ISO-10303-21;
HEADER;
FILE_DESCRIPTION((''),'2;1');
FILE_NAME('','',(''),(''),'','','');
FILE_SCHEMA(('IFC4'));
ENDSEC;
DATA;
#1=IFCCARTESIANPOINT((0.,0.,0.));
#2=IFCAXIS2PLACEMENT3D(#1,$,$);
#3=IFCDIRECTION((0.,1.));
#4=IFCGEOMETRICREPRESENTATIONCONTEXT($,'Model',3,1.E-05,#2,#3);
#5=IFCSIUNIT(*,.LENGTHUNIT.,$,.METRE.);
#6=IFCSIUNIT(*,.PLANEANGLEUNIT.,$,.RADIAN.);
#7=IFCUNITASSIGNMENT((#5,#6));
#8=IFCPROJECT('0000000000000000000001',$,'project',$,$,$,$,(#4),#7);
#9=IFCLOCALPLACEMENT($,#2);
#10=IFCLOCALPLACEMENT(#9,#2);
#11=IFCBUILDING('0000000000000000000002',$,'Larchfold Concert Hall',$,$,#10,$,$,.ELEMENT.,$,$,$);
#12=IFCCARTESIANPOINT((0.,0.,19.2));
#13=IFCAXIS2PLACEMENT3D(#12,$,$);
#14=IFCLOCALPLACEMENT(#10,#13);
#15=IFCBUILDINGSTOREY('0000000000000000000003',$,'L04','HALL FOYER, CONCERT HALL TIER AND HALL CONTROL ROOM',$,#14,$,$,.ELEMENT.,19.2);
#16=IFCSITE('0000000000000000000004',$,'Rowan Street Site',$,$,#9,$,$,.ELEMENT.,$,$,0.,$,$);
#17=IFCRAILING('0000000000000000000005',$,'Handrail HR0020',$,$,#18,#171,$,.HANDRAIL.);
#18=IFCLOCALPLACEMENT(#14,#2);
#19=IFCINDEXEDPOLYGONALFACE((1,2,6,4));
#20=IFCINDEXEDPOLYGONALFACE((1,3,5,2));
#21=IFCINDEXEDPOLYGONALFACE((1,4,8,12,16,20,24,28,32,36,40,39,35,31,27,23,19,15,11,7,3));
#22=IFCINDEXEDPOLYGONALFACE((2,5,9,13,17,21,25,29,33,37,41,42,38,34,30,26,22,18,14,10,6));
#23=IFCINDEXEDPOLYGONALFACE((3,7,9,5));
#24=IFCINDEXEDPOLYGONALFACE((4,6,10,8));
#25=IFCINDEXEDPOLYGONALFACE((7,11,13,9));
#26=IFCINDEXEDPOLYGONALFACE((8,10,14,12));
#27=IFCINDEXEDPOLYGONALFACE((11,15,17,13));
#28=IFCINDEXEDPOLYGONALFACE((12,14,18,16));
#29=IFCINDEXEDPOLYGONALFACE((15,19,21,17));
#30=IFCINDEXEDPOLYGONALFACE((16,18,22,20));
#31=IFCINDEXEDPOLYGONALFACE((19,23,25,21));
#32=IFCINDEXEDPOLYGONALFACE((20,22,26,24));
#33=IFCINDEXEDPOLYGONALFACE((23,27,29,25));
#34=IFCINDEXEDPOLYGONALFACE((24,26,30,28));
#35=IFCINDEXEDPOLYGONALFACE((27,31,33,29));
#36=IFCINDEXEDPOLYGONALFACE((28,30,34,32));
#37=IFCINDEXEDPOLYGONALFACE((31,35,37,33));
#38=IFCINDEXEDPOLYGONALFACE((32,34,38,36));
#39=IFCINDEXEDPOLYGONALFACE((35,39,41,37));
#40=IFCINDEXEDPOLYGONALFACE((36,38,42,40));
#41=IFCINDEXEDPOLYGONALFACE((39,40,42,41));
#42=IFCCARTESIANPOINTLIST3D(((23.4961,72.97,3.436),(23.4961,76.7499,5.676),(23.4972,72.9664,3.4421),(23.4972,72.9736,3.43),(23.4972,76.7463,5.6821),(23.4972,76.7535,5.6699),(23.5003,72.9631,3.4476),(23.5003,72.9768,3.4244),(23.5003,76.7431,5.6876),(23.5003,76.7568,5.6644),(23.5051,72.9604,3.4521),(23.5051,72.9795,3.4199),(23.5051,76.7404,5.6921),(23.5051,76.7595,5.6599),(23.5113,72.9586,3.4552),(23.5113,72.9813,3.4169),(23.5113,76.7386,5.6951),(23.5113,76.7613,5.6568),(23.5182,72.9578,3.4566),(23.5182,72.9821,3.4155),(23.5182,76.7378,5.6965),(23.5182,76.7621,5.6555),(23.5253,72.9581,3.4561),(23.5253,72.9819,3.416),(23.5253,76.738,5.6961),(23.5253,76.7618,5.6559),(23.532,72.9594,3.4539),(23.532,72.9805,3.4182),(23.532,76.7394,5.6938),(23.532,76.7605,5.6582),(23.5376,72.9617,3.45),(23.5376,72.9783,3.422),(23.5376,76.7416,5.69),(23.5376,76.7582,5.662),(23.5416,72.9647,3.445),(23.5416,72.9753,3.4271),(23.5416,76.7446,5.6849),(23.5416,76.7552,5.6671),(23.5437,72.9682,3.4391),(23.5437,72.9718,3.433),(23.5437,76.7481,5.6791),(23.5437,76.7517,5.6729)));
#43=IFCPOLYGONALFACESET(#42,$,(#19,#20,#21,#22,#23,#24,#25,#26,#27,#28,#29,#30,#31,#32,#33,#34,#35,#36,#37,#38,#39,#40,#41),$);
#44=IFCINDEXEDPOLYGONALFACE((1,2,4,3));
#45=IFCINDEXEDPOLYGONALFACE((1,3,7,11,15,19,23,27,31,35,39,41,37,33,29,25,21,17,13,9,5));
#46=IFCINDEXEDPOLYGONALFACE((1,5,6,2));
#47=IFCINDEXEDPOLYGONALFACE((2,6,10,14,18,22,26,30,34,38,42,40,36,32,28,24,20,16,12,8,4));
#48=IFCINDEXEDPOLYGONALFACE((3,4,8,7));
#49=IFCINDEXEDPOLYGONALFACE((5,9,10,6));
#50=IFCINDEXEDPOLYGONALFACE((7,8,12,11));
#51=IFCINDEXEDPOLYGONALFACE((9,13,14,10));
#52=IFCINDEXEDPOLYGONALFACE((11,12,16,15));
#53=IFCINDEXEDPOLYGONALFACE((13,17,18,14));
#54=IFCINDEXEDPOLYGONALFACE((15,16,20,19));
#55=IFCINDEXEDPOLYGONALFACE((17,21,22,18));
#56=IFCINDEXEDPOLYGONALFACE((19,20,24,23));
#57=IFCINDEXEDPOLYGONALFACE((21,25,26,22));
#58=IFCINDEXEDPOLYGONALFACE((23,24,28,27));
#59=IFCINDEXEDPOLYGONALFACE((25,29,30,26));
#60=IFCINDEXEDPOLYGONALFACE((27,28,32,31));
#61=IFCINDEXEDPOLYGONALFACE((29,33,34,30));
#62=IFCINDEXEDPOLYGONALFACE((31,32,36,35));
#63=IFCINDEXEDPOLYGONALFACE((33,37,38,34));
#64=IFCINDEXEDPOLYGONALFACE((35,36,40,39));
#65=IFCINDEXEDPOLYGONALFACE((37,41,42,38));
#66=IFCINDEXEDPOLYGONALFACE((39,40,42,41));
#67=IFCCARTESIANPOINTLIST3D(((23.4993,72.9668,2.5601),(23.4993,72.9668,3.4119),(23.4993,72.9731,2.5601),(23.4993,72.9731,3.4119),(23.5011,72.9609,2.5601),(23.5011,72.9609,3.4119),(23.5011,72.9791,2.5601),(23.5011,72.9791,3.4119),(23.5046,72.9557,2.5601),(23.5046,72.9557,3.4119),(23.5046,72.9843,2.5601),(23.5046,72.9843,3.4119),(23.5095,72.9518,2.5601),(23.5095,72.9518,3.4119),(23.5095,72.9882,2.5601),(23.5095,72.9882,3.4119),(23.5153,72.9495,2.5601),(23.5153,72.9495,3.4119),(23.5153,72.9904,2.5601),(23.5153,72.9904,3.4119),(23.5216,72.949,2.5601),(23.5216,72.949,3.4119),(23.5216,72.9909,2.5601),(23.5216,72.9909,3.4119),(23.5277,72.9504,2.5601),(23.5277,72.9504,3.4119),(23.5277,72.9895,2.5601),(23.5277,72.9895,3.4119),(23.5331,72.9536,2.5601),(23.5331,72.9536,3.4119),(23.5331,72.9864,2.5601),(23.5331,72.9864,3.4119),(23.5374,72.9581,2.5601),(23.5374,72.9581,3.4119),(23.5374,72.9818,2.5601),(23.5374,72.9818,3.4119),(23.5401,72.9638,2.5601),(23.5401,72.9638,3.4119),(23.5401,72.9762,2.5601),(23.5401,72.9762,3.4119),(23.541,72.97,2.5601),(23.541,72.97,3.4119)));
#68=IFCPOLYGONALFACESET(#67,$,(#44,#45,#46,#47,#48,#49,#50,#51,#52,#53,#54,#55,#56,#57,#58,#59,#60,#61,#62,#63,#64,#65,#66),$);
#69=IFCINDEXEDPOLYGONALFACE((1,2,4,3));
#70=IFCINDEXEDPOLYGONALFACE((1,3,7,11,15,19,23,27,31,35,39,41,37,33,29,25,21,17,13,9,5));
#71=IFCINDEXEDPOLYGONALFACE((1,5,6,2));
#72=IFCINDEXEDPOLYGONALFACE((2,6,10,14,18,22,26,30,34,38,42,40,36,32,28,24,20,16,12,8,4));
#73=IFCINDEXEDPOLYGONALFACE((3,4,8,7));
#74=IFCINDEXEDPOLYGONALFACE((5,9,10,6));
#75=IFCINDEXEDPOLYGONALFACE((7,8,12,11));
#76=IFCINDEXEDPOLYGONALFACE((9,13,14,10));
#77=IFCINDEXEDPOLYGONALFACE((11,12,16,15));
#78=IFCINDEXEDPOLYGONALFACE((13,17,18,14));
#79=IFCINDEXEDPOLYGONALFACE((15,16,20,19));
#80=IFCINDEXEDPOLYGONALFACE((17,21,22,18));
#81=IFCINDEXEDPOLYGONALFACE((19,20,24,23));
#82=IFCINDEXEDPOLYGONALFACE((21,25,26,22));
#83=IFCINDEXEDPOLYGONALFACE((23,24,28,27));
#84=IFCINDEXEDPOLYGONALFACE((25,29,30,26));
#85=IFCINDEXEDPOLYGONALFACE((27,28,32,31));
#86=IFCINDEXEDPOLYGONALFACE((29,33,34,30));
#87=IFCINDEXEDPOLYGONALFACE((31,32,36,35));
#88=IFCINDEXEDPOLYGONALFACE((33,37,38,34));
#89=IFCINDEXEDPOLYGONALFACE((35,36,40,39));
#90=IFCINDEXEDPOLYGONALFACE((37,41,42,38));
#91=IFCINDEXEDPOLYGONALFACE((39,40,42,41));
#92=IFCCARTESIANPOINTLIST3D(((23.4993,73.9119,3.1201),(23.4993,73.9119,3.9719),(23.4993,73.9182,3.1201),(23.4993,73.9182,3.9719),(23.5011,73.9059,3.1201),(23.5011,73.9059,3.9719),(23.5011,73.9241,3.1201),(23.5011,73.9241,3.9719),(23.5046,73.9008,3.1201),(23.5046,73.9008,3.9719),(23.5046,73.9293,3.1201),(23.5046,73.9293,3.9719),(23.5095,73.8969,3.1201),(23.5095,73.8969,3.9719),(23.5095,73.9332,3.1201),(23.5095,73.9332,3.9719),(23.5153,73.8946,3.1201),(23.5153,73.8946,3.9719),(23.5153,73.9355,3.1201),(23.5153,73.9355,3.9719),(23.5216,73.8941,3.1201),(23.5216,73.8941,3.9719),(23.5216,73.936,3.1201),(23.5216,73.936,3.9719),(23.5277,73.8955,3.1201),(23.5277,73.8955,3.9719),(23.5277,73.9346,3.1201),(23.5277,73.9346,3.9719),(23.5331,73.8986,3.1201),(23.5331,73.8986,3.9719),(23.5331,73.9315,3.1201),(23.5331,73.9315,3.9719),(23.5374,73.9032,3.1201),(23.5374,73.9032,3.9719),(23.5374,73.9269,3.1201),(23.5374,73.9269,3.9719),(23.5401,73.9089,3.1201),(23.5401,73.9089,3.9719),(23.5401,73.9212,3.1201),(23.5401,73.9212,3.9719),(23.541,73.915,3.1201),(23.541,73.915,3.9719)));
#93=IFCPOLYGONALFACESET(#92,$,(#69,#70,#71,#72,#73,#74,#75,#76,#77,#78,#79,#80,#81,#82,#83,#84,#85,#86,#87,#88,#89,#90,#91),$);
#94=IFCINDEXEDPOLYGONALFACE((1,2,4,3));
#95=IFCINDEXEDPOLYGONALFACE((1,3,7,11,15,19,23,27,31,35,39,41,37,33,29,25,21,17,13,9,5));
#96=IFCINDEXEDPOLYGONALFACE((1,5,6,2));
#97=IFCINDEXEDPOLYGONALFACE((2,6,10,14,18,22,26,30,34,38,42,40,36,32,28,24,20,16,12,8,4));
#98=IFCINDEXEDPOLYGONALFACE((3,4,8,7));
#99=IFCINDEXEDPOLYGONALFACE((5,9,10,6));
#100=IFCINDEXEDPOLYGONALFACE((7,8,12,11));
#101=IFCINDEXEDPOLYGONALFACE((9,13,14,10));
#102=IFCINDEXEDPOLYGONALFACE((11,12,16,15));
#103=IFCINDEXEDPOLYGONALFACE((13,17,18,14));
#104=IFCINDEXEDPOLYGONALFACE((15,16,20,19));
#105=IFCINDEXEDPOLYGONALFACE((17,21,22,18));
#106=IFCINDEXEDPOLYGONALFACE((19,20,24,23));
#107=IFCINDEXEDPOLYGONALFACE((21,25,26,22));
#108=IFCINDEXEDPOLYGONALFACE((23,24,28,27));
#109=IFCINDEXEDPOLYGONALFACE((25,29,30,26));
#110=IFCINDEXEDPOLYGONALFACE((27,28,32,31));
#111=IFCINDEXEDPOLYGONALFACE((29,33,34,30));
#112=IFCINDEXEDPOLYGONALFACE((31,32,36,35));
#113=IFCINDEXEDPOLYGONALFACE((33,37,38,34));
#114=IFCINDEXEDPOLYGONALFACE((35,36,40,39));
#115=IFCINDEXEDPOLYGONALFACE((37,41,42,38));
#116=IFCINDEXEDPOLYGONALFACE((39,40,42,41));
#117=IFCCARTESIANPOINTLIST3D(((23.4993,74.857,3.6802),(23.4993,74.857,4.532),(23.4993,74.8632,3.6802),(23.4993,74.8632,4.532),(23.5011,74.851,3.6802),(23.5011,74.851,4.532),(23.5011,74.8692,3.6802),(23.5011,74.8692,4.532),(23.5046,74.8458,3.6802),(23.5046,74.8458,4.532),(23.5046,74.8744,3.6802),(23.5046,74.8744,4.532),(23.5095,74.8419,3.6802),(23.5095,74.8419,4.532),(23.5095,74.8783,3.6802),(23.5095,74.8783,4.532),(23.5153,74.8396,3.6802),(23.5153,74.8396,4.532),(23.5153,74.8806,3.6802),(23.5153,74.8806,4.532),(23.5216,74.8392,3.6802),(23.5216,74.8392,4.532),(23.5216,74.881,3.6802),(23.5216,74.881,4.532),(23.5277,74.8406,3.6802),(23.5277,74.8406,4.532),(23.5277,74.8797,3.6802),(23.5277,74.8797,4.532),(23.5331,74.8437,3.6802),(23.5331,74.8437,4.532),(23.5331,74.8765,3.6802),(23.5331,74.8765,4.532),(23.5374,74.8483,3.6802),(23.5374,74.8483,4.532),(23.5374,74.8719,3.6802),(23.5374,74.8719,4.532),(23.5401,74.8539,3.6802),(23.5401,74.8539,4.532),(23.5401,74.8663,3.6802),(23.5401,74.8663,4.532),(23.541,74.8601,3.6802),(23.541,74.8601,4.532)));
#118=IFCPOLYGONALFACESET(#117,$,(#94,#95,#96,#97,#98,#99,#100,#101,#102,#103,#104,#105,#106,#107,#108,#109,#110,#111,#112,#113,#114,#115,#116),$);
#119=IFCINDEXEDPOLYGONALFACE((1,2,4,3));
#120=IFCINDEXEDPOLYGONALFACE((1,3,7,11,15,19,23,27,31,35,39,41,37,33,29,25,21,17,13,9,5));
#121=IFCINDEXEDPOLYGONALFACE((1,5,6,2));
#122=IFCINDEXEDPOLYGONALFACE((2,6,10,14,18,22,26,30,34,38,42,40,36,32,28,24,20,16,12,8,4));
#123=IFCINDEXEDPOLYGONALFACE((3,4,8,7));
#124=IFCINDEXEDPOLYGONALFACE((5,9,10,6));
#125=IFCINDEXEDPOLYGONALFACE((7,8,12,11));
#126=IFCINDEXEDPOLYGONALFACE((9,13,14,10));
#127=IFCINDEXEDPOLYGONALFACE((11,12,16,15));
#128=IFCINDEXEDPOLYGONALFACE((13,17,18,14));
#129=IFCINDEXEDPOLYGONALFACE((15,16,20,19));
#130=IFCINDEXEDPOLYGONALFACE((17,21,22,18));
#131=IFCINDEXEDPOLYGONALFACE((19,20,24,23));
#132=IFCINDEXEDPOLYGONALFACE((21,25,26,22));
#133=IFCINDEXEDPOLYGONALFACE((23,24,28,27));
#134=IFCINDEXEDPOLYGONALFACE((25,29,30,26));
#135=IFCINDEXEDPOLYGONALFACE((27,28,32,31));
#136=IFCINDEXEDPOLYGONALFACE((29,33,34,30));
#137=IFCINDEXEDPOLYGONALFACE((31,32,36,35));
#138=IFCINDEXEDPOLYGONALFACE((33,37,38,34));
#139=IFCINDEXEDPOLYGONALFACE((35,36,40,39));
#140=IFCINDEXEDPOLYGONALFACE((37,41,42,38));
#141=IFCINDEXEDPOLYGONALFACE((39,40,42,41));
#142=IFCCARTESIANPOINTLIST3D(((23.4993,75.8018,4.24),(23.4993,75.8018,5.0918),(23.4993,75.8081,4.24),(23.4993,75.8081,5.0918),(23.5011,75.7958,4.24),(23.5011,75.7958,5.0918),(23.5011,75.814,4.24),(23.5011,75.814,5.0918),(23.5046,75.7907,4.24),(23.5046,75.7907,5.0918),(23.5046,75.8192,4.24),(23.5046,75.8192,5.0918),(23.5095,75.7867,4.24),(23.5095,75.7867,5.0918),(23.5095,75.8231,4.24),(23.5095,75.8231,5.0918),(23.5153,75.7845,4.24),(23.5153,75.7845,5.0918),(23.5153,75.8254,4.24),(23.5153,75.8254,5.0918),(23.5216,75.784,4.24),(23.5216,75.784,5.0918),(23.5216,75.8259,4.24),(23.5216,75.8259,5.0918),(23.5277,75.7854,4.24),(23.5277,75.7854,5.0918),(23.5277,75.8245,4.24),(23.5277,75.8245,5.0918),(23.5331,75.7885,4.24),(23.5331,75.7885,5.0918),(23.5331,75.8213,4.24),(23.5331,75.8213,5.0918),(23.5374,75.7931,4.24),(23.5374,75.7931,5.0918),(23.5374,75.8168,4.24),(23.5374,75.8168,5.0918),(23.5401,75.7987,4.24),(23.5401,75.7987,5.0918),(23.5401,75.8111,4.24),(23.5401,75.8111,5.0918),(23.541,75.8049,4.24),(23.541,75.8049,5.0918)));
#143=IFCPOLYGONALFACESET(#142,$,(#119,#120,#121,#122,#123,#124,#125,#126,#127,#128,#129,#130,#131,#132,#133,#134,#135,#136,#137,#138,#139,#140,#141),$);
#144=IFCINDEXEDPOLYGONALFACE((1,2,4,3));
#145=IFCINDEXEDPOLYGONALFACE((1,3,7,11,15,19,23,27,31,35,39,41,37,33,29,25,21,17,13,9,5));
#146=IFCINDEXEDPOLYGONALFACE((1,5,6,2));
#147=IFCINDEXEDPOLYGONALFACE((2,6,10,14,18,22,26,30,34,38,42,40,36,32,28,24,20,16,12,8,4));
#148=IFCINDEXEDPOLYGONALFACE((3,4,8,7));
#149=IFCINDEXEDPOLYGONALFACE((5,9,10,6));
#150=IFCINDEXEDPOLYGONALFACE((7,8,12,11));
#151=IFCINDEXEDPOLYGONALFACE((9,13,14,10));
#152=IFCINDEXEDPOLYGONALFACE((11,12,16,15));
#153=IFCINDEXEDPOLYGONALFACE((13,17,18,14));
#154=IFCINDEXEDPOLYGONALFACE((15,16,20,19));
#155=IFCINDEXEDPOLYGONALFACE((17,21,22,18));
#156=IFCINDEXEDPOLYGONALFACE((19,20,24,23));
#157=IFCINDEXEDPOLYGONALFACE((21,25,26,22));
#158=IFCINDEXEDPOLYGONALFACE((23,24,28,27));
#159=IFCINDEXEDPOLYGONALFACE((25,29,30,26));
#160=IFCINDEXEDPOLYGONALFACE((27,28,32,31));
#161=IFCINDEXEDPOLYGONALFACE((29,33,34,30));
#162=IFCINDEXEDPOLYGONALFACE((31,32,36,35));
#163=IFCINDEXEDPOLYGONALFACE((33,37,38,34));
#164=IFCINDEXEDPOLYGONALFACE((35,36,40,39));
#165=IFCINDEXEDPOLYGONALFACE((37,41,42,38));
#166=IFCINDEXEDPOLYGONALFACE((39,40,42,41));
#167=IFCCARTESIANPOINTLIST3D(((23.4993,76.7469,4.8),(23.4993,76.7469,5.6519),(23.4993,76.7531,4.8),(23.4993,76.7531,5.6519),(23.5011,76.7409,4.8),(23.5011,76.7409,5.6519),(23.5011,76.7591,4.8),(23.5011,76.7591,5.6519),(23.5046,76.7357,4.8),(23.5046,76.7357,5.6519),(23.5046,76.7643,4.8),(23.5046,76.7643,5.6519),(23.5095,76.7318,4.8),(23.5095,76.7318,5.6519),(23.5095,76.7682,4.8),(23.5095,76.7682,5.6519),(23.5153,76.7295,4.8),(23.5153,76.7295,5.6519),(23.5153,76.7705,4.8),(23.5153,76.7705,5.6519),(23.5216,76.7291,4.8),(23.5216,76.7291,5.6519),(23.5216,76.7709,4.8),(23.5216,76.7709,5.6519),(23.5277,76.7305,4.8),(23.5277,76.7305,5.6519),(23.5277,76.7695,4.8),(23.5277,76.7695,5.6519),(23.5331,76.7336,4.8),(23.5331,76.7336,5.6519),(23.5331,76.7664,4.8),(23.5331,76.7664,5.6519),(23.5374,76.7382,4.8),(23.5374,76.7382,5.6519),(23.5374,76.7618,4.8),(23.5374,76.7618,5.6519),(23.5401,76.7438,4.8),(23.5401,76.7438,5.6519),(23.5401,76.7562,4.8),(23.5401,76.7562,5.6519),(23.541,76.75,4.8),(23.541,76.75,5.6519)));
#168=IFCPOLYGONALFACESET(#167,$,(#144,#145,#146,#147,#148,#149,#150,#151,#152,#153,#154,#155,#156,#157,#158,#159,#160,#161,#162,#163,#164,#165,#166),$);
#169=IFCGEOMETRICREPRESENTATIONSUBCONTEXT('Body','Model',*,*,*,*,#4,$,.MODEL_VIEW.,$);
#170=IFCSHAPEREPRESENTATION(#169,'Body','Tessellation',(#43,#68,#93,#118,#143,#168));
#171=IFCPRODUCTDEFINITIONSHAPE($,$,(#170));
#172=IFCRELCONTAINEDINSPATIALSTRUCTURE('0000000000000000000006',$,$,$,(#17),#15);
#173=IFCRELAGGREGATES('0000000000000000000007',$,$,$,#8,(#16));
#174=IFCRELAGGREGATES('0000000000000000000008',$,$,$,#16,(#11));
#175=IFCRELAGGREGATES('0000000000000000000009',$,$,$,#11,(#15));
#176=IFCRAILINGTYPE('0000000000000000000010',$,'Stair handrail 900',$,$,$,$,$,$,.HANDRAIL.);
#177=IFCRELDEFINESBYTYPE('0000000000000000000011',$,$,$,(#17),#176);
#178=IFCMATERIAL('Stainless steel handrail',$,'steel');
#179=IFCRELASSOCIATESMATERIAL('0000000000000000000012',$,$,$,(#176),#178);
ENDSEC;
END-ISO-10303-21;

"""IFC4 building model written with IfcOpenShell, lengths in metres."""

from ifc_helpers import new_model, si_unit, direction, frame, origin, origin_2d, place, context, subcontext, project, spatial, circle, extrude, material, type_object, element, save


model = new_model("IFC4")

# Units and contexts
model_context = context("Model", 3, precision=1e-05, world=origin(), true_north=direction((0.0, 1.0)))
body_context = subcontext(model_context, "Body", "Model", "MODEL_VIEW")
ifc_project = project(units=[si_unit("LENGTHUNIT", "METRE"), si_unit("PLANEANGLEUNIT", "RADIAN")], contexts=[model_context])

# Site, building, storey
site_placement = place(None, origin())
site = spatial("IfcSite", under=ifc_project, at=site_placement, Name="Rowan Street Site", CompositionType="ELEMENT", RefElevation=0.0)
building_placement = place(site_placement, origin())
building = spatial("IfcBuilding", under=site, at=building_placement, Name="Larchfold Concert Hall", CompositionType="ELEMENT")
storey_placement = place(building_placement, frame((0.0, 0.0, 19.2)))
storey = spatial("IfcBuildingStorey", under=building, at=storey_placement, Name="L04", Description="HALL FOYER, CONCERT HALL TIER AND HALL CONTROL ROOM", CompositionType="ELEMENT", Elevation=19.2)

# Railing
ifc_material_1 = material(Name="Stainless steel handrail", Category="steel")
railing_type_1 = type_object("IfcRailingType", Name="Stair handrail 900", PredefinedType="HANDRAIL", material=ifc_material_1)
railing_1_placement = place(storey_placement, frame((23.52, 72.97, 2.5601)))
element("IfcRailing", 1, at=railing_1_placement, inside=storey, type_object=railing_type_1, Name="Handrail HR0020", PredefinedType="HANDRAIL", context=body_context, shape_type="SweptSolid", body=[
    extrude(circle(Radius=0.0239, at=origin_2d()), frame((0.0, 0.0, 0.876), z_axis=(0.0, 0.860294, 0.509798), x_axis=(-1.0, 0.0, 0.0)), (0.0, 0.0, 1.0), 4.3938),
    extrude(circle(Radius=0.021, at=origin_2d()), origin(), (0.0, 0.0, 1.0), 0.8518),
    extrude(circle(Radius=0.021, at=origin_2d()), frame((0.0, 0.9451, 0.5601)), (0.0, 0.0, 1.0), 0.8518),
    extrude(circle(Radius=0.021, at=origin_2d()), frame((0.0, 1.8901, 1.1201)), (0.0, 0.0, 1.0), 0.8518),
    extrude(circle(Radius=0.021, at=origin_2d()), frame((0.0, 2.835, 1.6799)), (0.0, 0.0, 1.0), 0.8518),
    extrude(circle(Radius=0.021, at=origin_2d()), frame((0.0, 3.78, 2.24)), (0.0, 0.0, 1.0), 0.8518),
])

save(model, "model.ifc")
